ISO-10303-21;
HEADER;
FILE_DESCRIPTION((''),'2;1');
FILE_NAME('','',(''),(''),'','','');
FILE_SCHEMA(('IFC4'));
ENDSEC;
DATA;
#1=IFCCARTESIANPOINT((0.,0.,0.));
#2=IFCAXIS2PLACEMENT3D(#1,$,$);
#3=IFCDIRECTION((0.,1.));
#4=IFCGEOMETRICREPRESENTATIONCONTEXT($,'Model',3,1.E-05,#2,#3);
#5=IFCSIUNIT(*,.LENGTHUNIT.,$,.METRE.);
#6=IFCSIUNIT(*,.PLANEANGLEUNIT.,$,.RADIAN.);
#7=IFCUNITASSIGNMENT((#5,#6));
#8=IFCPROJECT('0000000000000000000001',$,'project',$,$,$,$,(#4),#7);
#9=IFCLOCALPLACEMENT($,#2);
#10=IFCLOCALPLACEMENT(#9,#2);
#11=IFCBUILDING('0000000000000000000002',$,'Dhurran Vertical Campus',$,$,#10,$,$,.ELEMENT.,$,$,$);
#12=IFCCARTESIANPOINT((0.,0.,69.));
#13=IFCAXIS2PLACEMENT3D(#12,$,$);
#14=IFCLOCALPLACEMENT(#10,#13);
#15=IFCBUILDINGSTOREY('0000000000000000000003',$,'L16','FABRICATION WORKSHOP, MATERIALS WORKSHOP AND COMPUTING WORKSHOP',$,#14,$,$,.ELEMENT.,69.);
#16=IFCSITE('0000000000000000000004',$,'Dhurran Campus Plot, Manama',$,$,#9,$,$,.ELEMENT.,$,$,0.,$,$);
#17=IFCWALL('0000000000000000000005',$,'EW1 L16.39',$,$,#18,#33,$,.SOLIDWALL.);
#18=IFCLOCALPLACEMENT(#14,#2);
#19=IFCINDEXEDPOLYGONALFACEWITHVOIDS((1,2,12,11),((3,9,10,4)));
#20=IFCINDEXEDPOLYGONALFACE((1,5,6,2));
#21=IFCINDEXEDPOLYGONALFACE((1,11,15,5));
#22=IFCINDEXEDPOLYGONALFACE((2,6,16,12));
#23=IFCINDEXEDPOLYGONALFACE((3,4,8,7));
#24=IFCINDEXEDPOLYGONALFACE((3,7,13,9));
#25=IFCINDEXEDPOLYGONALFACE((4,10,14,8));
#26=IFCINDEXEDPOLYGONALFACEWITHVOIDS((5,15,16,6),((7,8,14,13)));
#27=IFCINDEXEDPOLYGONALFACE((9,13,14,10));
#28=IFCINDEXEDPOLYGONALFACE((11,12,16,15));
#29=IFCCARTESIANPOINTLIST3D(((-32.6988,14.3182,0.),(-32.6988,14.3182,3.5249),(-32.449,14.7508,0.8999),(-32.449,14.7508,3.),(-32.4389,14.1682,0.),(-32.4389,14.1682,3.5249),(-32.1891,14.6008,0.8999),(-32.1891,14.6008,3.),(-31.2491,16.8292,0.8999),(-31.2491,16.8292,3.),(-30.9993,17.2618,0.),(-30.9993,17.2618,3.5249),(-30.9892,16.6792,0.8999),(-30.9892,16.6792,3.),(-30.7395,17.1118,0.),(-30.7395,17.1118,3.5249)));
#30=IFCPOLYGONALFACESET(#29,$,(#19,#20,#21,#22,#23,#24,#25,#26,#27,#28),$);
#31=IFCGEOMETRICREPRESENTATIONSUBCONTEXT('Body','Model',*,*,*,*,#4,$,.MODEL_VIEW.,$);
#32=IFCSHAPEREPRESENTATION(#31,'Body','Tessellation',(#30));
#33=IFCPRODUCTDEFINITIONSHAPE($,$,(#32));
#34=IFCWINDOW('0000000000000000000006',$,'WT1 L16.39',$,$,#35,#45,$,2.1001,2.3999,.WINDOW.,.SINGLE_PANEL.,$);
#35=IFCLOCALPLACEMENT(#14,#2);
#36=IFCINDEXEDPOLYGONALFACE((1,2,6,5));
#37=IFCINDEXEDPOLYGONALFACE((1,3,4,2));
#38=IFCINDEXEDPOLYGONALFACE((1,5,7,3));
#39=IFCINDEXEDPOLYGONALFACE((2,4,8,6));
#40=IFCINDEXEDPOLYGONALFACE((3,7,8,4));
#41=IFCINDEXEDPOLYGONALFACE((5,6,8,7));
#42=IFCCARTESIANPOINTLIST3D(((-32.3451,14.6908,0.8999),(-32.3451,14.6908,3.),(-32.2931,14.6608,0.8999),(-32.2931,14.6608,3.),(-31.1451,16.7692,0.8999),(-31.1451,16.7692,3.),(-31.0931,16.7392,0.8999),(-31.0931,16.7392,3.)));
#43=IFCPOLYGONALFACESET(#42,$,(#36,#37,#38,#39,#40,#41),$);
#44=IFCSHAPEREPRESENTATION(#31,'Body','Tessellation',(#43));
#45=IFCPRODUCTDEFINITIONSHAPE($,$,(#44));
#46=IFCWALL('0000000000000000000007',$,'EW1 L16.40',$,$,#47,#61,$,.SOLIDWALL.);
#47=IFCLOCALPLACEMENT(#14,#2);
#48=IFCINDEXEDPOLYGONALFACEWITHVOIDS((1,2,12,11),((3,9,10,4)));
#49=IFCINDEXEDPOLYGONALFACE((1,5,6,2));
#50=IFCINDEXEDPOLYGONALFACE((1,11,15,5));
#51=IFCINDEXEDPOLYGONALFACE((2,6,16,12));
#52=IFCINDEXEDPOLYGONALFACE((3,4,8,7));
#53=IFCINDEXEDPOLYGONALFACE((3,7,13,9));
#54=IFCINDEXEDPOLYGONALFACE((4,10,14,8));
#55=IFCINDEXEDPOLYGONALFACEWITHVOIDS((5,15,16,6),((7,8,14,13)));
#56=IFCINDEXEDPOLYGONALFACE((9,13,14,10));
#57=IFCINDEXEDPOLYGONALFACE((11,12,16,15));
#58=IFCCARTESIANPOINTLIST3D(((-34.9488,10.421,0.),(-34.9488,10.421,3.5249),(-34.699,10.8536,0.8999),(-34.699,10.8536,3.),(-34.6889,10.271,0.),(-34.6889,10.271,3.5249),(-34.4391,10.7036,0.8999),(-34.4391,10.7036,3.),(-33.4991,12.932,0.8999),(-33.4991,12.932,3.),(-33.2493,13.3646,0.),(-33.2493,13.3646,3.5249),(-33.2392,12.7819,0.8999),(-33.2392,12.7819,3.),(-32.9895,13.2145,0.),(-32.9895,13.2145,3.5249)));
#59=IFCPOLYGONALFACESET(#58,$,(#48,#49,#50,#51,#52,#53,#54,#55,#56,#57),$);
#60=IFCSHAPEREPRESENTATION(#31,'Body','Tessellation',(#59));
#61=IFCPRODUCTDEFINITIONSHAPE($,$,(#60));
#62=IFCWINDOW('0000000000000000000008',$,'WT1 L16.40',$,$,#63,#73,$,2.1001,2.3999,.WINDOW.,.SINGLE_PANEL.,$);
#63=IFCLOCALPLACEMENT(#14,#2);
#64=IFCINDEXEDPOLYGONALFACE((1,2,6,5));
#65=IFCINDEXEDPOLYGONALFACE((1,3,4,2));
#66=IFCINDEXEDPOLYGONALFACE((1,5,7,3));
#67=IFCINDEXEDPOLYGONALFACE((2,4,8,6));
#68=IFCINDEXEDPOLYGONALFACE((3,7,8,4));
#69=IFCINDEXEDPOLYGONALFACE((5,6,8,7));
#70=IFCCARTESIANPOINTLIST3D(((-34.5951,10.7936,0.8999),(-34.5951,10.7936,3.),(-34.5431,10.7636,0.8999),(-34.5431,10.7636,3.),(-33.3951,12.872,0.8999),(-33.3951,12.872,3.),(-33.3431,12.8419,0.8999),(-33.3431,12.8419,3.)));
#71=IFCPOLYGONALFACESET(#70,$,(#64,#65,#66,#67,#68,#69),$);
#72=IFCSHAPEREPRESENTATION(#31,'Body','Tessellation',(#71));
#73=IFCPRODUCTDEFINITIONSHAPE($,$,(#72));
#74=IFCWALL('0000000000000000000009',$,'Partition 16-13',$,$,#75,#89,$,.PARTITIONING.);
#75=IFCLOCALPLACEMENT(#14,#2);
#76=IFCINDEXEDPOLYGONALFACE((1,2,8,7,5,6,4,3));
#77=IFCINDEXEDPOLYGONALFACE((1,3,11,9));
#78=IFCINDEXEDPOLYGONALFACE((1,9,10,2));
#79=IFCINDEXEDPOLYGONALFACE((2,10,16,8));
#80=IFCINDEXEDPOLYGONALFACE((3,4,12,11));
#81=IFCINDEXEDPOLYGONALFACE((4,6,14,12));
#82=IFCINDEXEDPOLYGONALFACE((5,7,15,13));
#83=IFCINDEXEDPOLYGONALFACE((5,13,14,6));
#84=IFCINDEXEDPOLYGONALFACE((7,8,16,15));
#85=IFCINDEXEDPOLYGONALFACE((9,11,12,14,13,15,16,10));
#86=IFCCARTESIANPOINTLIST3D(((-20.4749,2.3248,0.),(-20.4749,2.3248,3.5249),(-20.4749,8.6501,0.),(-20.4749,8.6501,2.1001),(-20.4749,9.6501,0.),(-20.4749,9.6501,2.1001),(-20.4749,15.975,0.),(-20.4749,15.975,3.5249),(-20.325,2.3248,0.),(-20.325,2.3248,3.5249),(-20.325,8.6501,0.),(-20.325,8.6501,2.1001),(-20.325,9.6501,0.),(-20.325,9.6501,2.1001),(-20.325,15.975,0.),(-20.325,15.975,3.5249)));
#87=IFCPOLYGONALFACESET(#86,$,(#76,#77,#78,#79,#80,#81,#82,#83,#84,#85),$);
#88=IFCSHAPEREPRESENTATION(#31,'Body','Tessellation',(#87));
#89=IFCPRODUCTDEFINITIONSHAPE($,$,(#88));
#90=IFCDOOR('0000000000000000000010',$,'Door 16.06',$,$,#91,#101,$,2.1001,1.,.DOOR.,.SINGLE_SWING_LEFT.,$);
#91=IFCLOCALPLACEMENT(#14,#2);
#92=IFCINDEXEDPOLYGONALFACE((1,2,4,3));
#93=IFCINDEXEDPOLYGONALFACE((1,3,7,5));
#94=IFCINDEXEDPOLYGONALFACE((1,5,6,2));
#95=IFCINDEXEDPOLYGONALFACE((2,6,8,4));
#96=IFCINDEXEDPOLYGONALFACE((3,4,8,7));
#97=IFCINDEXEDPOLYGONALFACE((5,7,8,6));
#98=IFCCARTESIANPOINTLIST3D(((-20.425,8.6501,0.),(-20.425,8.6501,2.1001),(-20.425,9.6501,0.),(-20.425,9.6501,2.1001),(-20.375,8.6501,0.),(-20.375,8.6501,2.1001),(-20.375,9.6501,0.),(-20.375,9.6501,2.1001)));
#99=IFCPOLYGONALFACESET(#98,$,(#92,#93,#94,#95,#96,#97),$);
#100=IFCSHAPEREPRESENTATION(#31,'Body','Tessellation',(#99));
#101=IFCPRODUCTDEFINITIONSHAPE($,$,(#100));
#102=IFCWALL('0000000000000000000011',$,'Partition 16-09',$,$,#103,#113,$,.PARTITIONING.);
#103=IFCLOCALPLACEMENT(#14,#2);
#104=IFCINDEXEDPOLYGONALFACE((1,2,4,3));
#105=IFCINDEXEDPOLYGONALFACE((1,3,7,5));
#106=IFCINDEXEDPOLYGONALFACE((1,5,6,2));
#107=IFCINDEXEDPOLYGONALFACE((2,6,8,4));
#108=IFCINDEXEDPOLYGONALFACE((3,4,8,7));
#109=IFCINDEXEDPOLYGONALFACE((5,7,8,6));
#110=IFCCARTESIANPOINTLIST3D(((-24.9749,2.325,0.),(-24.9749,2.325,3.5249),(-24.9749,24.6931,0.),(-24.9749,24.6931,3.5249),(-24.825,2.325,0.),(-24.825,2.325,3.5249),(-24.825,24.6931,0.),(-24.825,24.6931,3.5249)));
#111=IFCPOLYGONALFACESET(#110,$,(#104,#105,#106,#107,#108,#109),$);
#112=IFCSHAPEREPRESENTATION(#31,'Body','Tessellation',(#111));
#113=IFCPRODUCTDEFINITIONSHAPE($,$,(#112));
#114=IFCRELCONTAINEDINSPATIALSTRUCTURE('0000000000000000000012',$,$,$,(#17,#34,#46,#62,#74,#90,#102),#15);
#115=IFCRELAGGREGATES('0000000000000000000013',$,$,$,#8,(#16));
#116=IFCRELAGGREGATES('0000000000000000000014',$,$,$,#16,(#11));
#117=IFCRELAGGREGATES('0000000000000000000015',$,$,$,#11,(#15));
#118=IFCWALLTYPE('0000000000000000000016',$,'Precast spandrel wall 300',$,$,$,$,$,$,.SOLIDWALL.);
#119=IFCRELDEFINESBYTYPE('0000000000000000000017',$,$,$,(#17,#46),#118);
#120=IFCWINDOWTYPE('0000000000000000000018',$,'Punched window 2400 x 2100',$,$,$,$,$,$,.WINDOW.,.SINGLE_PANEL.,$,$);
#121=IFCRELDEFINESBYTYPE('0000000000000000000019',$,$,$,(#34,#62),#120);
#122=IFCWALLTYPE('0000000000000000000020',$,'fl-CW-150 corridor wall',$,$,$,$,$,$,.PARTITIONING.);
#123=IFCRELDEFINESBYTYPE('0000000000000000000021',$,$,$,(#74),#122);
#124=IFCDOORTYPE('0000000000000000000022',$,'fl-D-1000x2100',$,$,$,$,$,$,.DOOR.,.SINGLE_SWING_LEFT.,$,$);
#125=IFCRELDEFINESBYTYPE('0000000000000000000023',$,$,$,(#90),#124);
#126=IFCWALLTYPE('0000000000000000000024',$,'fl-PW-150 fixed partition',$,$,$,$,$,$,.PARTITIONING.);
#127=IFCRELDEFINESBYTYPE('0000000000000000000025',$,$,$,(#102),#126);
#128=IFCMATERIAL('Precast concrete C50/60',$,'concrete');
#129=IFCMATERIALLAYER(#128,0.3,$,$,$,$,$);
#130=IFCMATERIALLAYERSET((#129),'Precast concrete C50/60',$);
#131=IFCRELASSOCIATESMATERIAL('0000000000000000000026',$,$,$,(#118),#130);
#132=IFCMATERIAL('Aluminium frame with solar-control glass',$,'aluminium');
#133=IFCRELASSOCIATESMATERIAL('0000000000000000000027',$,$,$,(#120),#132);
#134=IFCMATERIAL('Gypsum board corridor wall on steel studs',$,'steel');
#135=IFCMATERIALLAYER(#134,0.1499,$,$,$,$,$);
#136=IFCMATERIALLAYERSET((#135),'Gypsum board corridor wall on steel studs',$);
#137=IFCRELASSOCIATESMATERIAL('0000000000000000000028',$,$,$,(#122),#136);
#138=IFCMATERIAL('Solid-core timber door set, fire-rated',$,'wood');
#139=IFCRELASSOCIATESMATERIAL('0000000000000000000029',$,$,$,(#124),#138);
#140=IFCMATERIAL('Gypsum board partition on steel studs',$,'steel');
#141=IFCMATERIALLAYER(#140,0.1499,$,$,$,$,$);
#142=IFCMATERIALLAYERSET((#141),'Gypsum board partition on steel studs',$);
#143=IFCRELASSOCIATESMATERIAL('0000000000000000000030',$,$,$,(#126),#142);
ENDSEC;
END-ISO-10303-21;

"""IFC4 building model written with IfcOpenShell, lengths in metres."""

from ifc_helpers import new_model, si_unit, direction, frame, frame_2d, origin, place, context, subcontext, project, spatial, rectangle, extrude, material, layer, layer_set, type_object, element, fill, save


model = new_model("IFC4")

# Units and contexts
model_context = context("Model", 3, precision=1e-05, world=origin(), true_north=direction((0.0, 1.0)))
body_context = subcontext(model_context, "Body", "Model", "MODEL_VIEW")
ifc_project = project(units=[si_unit("LENGTHUNIT", "METRE"), si_unit("PLANEANGLEUNIT", "RADIAN")], contexts=[model_context])

# Site, building, storey
site_placement = place(None, origin())
site = spatial("IfcSite", under=ifc_project, at=site_placement, Name="Dhurran Campus Plot, Manama", CompositionType="ELEMENT", RefElevation=0.0)
building_placement = place(site_placement, origin())
building = spatial("IfcBuilding", under=site, at=building_placement, Name="Dhurran Vertical Campus", CompositionType="ELEMENT")
storey_placement = place(building_placement, frame((0.0, 0.0, 69.0)))
storey = spatial("IfcBuildingStorey", under=building, at=storey_placement, Name="L16", Description="FABRICATION WORKSHOP, MATERIALS WORKSHOP AND COMPUTING WORKSHOP", CompositionType="ELEMENT", Elevation=69.0)

# Walls, openings, windows
ifc_material_1 = material(Name="Precast concrete C50/60", Category="concrete")
ifc_layer_1 = layer(ifc_material_1, 0.3)
ifc_layer_set_1 = layer_set([ifc_layer_1], Name="Precast concrete C50/60")
wall_type_1 = type_object("IfcWallType", Name="Precast spandrel wall 300", PredefinedType="SOLIDWALL", material=ifc_layer_set_1)
ifc_material_2 = material(Name="Aluminium frame with solar-control glass", Category="aluminium")
window_type = type_object("IfcWindowType", Name="Punched window 2400 x 2100", PartitioningType="SINGLE_PANEL", PredefinedType="WINDOW", material=ifc_material_2)
wall_1_placement = place(storey_placement, frame((-30.8694, 17.1868, 0.0), z_axis=(0.0, 0.0, 1.0), x_axis=(-0.499994, -0.866029, 0.0)))
wall_1 = element("IfcWall", 1, at=wall_1_placement, inside=storey, type_object=wall_type_1, Name="EW1 L16.39", PredefinedType="SOLIDWALL", context=body_context, shape_type="SweptSolid", body=[
    extrude(rectangle(XDim=3.3989, YDim=0.3, at=frame_2d((1.6995, 0.0))), origin(), (0.0, 0.0, 1.0), 3.5249),
])
opening_1_placement = place(wall_1_placement, frame((0.4995, 0.0, 0.8999)))
opening_1 = element("IfcOpeningElement", 2, at=opening_1_placement, cuts=wall_1, PredefinedType="OPENING", context=body_context, shape_type="SweptSolid", body=[
    extrude(rectangle(XDim=2.3999, YDim=2.1001, at=frame_2d((1.2, 1.05))), frame((0.0, 0.1599, 0.0), z_axis=(0.0, -1.0, 0.0), x_axis=(1.0, 0.0, 0.0)), (0.0, 0.0, 1.0), 0.3201),
])
window_1_placement = place(opening_1_placement, origin())
window_1 = element("IfcWindow", 3, at=window_1_placement, inside=storey, type_object=window_type, Name="WT1 L16.39", OverallHeight=2.1001, OverallWidth=2.3999, PartitioningType="SINGLE_PANEL", PredefinedType="WINDOW", context=body_context, shape_type="SweptSolid", body=[
    extrude(rectangle(XDim=2.3999, YDim=2.1001, at=frame_2d((1.2, 1.05))), frame((0.0, 0.03, 0.0), z_axis=(0.0, -1.0, 0.0), x_axis=(1.0, 0.0, 0.0)), (0.0, 0.0, 1.0), 0.0601),
])
fill(opening_1, window_1)
wall_2_placement = place(storey_placement, frame((-33.1194, 13.2896, 0.0), z_axis=(0.0, 0.0, 1.0), x_axis=(-0.499994, -0.866029, 0.0)))
wall_2 = element("IfcWall", 4, at=wall_2_placement, inside=storey, type_object=wall_type_1, Name="EW1 L16.40", PredefinedType="SOLIDWALL", context=body_context, shape_type="SweptSolid", body=[
    extrude(rectangle(XDim=3.3989, YDim=0.3, at=frame_2d((1.6995, 0.0))), origin(), (0.0, 0.0, 1.0), 3.5249),
])
opening_2_placement = place(wall_2_placement, frame((0.4995, 0.0, 0.8999)))
opening_2 = element("IfcOpeningElement", 5, at=opening_2_placement, cuts=wall_2, PredefinedType="OPENING", context=body_context, shape_type="SweptSolid", body=[
    extrude(rectangle(XDim=2.3999, YDim=2.1001, at=frame_2d((1.2, 1.05))), frame((0.0, 0.1599, 0.0), z_axis=(0.0, -1.0, 0.0), x_axis=(1.0, 0.0, 0.0)), (0.0, 0.0, 1.0), 0.3201),
])
window_2_placement = place(opening_2_placement, origin())
window_2 = element("IfcWindow", 6, at=window_2_placement, inside=storey, type_object=window_type, Name="WT1 L16.40", OverallHeight=2.1001, OverallWidth=2.3999, PartitioningType="SINGLE_PANEL", PredefinedType="WINDOW", context=body_context, shape_type="SweptSolid", body=[
    extrude(rectangle(XDim=2.3999, YDim=2.1001, at=frame_2d((1.2, 1.05))), frame((0.0, 0.03, 0.0), z_axis=(0.0, -1.0, 0.0), x_axis=(1.0, 0.0, 0.0)), (0.0, 0.0, 1.0), 0.0601),
])
fill(opening_2, window_2)

# Wall, opening, door
ifc_material_3 = material(Name="Gypsum board corridor wall on steel studs", Category="steel")
ifc_layer_2 = layer(ifc_material_3, 0.1499)
ifc_layer_set_2 = layer_set([ifc_layer_2], Name="Gypsum board corridor wall on steel studs")
wall_type_2 = type_object("IfcWallType", Name="fl-CW-150 corridor wall", PredefinedType="PARTITIONING", material=ifc_layer_set_2)
wall_3_placement = place(storey_placement, frame((-20.3999, 15.9751, 0.0), z_axis=(0.0, 0.0, 1.0), x_axis=(0.0, -1.0, 0.0)))
wall_3 = element("IfcWall", 7, at=wall_3_placement, inside=storey, type_object=wall_type_2, Name="Partition 16-13", PredefinedType="PARTITIONING", context=body_context, shape_type="SweptSolid", body=[
    extrude(rectangle(XDim=13.6501, YDim=0.1499, at=frame_2d((6.8252, 0.0))), origin(), (0.0, 0.0, 1.0), 3.5249),
])
opening_3_placement = place(wall_3_placement, frame((6.325, 0.0, 0.0)))
opening_3 = element("IfcOpeningElement", 8, at=opening_3_placement, cuts=wall_3, PredefinedType="OPENING", context=body_context, shape_type="SweptSolid", body=[
    extrude(rectangle(XDim=1.0, YDim=2.1001, at=frame_2d((0.5, 1.05))), frame((0.0, 0.085, 0.0), z_axis=(0.0, -1.0, 0.0), x_axis=(1.0, 0.0, 0.0)), (0.0, 0.0, 1.0), 0.1699),
])
ifc_material_4 = material(Name="Solid-core timber door set, fire-rated", Category="wood")
door_type = type_object("IfcDoorType", Name="fl-D-1000x2100", OperationType="SINGLE_SWING_LEFT", PredefinedType="DOOR", material=ifc_material_4)
door_placement = place(opening_3_placement, origin())
door = element("IfcDoor", 9, at=door_placement, inside=storey, type_object=door_type, Name="Door 16.06", OperationType="SINGLE_SWING_LEFT", OverallHeight=2.1001, OverallWidth=1.0, PredefinedType="DOOR", context=body_context, shape_type="SweptSolid", body=[
    extrude(rectangle(XDim=1.0, YDim=2.1001, at=frame_2d((0.5, 1.05))), frame((0.0, 0.0249, 0.0), z_axis=(0.0, -1.0, 0.0), x_axis=(1.0, 0.0, 0.0)), (0.0, 0.0, 1.0), 0.05),
])
fill(opening_3, door)

# Wall
ifc_material_5 = material(Name="Gypsum board partition on steel studs", Category="steel")
ifc_layer_3 = layer(ifc_material_5, 0.1499)
ifc_layer_set_3 = layer_set([ifc_layer_3], Name="Gypsum board partition on steel studs")
wall_type_3 = type_object("IfcWallType", Name="fl-PW-150 fixed partition", PredefinedType="PARTITIONING", material=ifc_layer_set_3)
wall_4_placement = place(storey_placement, frame((-24.8999, 24.6931, 0.0), z_axis=(0.0, 0.0, 1.0), x_axis=(0.0, -1.0, 0.0)))
element("IfcWall", 10, at=wall_4_placement, inside=storey, type_object=wall_type_3, Name="Partition 16-09", PredefinedType="PARTITIONING", context=body_context, shape_type="SweptSolid", body=[
    extrude(rectangle(XDim=22.3682, YDim=0.1499, at=frame_2d((11.1841, 0.0))), origin(), (0.0, 0.0, 1.0), 3.5249),
])

save(model, "model.ifc")
